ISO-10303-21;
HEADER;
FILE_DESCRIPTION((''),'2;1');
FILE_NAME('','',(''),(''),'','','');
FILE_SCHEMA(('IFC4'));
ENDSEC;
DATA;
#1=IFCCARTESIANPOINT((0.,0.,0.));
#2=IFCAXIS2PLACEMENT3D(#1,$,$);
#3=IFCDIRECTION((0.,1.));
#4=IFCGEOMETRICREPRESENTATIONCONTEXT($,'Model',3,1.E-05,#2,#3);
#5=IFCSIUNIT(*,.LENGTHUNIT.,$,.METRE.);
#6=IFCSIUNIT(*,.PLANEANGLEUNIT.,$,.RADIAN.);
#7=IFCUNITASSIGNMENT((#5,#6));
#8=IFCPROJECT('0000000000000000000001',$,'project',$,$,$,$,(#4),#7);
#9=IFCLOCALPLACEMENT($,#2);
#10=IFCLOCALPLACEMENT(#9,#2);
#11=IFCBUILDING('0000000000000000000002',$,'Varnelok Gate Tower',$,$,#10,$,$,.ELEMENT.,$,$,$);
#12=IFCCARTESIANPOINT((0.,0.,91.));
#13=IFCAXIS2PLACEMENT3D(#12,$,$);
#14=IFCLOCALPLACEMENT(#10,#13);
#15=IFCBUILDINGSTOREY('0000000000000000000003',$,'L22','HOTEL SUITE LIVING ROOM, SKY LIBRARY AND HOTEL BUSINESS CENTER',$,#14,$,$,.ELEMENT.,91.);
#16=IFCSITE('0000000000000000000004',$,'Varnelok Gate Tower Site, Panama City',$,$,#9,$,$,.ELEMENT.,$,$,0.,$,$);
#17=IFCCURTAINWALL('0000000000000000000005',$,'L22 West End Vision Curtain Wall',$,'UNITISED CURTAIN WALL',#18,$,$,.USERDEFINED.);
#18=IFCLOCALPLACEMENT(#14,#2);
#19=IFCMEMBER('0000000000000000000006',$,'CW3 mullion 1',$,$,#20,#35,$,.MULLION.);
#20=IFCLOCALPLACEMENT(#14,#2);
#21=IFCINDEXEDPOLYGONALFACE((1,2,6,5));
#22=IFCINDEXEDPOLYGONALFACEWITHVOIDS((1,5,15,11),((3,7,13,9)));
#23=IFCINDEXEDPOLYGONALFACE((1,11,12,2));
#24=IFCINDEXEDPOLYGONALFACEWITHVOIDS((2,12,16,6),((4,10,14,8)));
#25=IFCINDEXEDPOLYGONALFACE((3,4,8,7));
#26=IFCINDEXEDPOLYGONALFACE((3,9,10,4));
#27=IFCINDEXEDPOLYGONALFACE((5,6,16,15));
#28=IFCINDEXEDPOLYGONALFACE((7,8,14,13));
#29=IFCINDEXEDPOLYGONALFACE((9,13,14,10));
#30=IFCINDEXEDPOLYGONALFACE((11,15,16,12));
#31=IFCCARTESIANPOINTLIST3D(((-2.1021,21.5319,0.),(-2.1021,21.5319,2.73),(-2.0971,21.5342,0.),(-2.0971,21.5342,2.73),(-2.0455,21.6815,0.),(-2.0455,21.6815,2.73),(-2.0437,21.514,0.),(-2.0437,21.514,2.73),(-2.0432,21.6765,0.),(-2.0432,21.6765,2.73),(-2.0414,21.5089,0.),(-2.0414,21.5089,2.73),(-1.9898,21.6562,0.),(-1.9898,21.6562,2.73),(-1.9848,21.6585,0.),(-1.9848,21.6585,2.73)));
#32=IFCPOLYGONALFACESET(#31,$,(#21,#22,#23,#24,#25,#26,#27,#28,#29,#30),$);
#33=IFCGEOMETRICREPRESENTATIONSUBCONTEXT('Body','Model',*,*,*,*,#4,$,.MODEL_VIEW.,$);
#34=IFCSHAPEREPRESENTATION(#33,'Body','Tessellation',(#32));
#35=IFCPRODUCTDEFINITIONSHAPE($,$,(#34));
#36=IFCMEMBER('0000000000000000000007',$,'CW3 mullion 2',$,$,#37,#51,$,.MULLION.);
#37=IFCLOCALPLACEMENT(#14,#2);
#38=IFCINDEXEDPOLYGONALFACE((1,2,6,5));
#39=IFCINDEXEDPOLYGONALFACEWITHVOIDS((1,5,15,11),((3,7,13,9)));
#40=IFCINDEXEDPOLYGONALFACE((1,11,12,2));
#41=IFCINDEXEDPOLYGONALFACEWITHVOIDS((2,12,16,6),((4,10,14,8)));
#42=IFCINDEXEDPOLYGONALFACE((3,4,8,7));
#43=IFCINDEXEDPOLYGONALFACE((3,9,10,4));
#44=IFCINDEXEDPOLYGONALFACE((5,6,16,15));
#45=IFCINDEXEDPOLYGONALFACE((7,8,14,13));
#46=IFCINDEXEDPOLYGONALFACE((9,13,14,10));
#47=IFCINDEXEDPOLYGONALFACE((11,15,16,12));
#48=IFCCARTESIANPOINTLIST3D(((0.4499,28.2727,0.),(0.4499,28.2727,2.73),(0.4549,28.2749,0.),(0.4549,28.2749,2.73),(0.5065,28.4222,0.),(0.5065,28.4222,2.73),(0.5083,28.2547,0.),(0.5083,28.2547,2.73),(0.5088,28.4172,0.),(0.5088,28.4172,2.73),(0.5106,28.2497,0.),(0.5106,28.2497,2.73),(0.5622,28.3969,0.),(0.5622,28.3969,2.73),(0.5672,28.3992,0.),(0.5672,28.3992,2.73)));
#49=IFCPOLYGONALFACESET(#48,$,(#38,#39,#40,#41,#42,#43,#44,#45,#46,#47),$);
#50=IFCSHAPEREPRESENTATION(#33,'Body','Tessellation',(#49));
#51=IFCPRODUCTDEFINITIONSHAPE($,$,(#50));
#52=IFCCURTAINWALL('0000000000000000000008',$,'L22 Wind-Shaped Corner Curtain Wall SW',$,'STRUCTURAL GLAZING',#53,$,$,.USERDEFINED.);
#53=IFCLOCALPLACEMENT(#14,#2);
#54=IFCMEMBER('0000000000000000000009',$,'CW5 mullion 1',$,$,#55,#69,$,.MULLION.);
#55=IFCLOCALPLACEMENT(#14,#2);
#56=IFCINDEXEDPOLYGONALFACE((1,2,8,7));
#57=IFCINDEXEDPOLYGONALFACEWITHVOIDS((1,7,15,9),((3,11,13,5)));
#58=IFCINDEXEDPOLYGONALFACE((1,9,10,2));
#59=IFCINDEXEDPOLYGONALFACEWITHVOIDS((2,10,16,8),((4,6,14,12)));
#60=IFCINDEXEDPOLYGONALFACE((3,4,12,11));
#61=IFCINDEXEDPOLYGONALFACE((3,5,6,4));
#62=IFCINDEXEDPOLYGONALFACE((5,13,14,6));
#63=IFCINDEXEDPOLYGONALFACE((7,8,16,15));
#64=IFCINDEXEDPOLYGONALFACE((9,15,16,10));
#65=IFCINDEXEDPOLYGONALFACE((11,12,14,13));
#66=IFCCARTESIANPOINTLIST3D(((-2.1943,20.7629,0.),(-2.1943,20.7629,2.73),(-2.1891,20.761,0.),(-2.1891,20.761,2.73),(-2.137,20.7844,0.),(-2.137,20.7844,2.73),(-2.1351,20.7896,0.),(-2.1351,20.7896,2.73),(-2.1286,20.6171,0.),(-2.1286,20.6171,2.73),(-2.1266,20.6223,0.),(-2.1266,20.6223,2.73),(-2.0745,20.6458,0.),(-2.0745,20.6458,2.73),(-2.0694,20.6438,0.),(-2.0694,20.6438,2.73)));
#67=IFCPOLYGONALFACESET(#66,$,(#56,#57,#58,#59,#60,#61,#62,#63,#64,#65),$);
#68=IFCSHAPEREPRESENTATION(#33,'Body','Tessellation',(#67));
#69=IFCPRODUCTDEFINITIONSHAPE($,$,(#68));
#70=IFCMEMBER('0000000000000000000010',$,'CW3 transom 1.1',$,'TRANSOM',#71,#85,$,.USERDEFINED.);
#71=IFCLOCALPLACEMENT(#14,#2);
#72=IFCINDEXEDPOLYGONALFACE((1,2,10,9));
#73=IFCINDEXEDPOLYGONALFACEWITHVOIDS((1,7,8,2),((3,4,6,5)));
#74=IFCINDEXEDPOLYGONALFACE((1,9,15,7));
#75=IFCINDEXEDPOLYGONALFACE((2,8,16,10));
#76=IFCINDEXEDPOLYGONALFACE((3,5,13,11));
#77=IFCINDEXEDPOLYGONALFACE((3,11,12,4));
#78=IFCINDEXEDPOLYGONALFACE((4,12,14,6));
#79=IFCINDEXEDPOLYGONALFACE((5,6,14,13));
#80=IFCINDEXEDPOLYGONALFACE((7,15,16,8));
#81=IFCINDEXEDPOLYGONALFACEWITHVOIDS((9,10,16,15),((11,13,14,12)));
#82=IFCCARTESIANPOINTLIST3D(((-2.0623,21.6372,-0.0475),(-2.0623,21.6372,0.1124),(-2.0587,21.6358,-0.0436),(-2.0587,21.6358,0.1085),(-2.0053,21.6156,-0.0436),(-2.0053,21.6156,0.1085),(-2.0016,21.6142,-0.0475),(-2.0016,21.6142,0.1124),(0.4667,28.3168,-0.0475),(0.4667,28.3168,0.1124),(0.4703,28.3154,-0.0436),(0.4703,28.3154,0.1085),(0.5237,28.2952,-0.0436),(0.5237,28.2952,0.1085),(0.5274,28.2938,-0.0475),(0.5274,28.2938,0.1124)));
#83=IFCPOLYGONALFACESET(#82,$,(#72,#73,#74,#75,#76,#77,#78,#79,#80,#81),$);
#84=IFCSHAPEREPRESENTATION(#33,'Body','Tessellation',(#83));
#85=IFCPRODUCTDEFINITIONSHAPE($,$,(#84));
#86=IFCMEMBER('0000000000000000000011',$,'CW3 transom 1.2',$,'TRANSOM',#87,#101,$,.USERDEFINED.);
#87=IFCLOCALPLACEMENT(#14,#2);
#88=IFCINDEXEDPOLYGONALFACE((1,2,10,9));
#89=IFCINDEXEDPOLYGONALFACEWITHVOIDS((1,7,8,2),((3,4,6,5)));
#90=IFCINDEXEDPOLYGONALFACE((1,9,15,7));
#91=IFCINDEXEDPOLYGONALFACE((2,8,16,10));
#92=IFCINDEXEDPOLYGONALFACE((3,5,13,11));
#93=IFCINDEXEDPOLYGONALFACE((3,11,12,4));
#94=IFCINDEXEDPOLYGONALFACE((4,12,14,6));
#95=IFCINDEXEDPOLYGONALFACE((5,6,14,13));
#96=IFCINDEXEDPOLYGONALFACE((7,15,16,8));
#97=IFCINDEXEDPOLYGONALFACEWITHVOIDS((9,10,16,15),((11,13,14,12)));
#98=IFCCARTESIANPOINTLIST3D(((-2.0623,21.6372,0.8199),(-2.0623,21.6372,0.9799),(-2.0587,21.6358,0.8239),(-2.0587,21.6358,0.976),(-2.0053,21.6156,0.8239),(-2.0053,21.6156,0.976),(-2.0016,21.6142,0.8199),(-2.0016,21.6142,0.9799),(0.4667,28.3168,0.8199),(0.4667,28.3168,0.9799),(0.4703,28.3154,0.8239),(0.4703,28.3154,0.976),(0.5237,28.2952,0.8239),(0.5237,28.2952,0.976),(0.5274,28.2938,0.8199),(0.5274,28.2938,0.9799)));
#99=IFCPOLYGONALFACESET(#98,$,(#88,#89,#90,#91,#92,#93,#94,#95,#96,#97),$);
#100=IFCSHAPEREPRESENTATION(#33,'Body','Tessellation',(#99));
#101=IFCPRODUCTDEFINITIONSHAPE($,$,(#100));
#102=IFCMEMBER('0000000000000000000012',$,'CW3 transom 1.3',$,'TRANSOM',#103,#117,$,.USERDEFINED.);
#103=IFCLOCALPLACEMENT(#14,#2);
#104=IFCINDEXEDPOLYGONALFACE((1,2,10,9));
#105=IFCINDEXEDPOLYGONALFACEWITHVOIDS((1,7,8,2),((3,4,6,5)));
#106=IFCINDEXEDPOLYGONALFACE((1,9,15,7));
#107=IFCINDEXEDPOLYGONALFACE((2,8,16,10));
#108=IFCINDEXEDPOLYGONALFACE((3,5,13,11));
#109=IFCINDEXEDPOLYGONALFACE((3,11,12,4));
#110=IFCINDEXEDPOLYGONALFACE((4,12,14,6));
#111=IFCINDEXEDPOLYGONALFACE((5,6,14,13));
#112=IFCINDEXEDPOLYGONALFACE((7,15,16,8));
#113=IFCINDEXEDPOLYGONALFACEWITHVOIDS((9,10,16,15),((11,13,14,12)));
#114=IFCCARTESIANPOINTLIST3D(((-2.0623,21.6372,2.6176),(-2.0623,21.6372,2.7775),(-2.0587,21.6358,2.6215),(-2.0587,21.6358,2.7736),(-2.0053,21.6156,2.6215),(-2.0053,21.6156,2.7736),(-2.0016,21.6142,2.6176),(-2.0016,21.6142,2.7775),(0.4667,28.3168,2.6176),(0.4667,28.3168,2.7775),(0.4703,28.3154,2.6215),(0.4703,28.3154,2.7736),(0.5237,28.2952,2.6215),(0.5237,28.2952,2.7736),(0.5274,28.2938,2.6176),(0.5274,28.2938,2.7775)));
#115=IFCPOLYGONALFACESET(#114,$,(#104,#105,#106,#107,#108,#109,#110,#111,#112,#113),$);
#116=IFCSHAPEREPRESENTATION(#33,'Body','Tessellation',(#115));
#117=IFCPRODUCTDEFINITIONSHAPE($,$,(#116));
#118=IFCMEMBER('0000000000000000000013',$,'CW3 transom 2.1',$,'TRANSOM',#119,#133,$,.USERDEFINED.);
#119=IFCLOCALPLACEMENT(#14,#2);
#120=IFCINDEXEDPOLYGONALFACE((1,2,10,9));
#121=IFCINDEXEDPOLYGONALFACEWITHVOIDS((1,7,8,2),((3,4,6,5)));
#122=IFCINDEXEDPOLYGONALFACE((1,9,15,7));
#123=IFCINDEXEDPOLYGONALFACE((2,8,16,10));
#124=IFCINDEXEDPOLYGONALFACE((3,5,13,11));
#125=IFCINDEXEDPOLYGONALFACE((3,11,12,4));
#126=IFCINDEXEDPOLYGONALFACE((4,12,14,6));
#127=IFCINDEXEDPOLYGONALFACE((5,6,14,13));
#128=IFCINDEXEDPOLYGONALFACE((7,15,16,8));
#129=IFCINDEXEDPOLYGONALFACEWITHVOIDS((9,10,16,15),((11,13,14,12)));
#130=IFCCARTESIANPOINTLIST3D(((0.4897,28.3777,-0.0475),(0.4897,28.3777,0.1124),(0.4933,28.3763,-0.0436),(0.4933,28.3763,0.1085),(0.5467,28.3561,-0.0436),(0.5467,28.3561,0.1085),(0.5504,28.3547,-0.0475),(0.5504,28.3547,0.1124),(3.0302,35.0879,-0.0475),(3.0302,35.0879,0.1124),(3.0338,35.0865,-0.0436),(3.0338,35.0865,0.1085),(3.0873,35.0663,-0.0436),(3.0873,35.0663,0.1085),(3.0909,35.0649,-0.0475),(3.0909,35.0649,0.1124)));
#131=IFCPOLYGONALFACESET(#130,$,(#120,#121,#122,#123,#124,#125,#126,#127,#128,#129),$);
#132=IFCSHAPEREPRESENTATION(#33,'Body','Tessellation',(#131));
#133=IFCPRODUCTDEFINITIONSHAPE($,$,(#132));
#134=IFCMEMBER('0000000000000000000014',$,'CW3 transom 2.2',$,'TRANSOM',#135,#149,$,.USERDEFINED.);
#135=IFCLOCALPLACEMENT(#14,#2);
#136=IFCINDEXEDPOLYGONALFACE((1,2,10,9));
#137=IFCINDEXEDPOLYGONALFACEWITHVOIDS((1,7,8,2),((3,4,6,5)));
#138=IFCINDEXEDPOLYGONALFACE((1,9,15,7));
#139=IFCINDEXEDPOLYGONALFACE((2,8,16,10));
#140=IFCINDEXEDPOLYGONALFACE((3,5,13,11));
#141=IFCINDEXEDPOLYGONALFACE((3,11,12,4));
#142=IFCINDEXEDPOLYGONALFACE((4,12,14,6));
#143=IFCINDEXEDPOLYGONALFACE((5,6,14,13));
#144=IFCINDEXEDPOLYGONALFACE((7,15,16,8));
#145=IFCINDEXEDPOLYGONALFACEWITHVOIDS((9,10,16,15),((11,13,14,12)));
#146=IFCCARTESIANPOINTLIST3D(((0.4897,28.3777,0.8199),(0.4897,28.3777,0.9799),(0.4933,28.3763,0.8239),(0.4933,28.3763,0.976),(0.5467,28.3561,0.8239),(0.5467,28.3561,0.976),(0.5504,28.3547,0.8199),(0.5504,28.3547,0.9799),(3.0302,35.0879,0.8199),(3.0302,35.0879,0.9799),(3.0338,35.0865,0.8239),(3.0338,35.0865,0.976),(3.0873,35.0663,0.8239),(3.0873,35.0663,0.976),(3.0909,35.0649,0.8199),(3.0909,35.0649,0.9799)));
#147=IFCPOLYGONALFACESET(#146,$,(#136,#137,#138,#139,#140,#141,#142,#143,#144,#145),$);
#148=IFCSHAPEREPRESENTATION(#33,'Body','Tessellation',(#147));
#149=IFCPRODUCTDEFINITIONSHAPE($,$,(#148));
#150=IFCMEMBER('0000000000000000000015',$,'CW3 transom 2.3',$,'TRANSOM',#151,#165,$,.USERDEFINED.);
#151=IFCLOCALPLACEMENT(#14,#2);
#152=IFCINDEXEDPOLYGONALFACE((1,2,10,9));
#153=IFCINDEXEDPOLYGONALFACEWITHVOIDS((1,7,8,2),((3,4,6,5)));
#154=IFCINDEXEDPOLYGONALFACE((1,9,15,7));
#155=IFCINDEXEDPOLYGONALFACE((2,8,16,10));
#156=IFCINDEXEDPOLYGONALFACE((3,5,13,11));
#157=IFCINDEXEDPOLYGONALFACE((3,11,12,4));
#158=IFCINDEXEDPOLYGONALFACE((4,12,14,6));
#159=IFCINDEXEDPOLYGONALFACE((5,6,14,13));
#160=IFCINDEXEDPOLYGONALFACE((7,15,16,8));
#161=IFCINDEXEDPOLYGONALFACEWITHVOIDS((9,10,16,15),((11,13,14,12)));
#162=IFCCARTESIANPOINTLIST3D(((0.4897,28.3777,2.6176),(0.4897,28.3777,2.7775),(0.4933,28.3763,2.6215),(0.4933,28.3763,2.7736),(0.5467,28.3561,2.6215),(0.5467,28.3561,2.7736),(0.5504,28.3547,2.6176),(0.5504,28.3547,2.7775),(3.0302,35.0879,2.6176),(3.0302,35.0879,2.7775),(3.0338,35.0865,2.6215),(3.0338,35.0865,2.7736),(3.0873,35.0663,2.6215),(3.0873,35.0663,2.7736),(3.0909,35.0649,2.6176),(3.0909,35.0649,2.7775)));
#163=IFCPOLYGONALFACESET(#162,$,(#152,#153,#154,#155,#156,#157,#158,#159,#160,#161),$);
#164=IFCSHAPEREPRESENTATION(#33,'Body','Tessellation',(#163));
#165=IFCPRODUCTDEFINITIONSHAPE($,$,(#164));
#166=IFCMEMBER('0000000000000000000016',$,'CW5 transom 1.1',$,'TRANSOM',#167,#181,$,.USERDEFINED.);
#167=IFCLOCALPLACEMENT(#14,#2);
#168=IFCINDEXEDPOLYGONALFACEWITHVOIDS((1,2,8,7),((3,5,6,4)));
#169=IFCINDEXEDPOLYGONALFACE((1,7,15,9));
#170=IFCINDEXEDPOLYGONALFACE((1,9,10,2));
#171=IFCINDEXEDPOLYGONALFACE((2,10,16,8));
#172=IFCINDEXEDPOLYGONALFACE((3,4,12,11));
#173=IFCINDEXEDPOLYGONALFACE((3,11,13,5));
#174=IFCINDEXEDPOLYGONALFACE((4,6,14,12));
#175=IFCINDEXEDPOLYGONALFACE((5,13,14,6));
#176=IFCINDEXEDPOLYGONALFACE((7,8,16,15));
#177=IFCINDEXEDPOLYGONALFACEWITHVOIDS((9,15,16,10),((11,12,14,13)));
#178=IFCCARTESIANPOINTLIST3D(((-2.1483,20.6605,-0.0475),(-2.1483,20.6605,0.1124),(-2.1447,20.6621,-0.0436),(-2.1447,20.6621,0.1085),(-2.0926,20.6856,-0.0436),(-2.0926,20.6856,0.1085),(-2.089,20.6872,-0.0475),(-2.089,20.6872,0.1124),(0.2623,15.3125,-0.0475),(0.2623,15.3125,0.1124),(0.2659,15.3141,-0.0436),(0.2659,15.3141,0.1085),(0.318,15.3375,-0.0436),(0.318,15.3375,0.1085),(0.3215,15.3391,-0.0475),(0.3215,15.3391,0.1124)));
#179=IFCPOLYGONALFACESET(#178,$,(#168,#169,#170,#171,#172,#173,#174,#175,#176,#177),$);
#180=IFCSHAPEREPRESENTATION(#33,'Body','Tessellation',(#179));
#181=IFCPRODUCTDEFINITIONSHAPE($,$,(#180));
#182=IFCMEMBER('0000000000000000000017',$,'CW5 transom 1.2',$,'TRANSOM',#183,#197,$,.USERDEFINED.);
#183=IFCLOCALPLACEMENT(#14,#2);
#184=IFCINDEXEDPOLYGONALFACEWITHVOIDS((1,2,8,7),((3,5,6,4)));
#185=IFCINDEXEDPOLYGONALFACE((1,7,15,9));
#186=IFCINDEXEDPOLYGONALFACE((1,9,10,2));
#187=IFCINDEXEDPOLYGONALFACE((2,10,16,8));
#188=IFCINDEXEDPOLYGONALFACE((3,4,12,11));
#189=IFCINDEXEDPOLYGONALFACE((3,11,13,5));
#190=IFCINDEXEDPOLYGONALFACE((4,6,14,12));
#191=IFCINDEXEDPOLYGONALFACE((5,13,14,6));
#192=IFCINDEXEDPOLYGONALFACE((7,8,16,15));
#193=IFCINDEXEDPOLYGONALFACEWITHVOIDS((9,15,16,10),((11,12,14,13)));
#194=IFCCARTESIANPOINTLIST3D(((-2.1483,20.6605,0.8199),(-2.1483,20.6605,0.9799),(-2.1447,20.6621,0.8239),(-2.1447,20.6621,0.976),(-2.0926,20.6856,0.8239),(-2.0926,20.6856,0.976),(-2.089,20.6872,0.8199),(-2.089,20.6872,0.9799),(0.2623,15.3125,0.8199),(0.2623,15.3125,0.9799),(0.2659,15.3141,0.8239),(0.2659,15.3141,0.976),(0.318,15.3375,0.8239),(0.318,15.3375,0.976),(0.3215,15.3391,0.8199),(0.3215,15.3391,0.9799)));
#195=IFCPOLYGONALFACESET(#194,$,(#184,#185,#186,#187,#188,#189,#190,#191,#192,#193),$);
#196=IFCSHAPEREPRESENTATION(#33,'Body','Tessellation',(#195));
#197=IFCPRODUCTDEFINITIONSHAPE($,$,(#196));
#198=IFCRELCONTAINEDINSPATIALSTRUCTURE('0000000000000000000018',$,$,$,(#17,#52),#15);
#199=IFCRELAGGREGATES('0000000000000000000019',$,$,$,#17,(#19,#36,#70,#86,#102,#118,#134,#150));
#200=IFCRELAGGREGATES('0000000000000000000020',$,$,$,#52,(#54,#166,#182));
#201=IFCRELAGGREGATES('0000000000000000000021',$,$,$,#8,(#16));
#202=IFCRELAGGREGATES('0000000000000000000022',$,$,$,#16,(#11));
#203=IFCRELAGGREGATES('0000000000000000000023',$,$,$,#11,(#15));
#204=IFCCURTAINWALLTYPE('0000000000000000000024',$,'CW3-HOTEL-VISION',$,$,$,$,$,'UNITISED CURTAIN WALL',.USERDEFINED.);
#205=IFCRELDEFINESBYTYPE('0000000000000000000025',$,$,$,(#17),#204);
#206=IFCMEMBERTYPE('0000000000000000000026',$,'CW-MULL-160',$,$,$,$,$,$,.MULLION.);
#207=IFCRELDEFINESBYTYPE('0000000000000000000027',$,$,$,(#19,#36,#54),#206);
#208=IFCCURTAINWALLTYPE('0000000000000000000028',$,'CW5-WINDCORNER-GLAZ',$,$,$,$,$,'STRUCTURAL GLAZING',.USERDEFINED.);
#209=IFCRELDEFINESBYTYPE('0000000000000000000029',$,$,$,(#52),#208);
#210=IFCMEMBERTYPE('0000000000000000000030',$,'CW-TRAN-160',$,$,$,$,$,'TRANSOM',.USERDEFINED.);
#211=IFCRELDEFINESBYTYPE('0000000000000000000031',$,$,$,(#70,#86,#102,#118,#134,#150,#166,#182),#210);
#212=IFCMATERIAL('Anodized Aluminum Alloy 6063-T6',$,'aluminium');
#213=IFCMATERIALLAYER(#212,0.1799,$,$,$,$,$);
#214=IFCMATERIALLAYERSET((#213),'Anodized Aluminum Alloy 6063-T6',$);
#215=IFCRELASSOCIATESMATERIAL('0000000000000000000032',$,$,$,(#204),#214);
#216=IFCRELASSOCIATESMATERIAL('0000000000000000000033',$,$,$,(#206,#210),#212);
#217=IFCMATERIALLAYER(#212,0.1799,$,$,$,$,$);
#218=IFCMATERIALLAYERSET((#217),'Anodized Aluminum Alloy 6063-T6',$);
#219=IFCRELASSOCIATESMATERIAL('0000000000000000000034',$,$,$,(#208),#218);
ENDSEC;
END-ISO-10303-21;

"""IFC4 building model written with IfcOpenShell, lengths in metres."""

from ifc_helpers import new_model, si_unit, direction, frame, origin, origin_2d, place, context, subcontext, project, spatial, hollow_rectangle, extrude, material, layer, layer_set, material_profile, profile_set, type_object, element, aggregate, save


model = new_model("IFC4")

# Units and contexts
model_context = context("Model", 3, precision=1e-05, world=origin(), true_north=direction((0.0, 1.0)))
body_context = subcontext(model_context, "Body", "Model", "MODEL_VIEW")
ifc_project = project(units=[si_unit("LENGTHUNIT", "METRE"), si_unit("PLANEANGLEUNIT", "RADIAN")], contexts=[model_context])

# Site, building, storey
site_placement = place(None, origin())
site = spatial("IfcSite", under=ifc_project, at=site_placement, Name="Varnelok Gate Tower Site, Panama City", CompositionType="ELEMENT", RefElevation=0.0)
building_placement = place(site_placement, origin())
building = spatial("IfcBuilding", under=site, at=building_placement, Name="Varnelok Gate Tower", CompositionType="ELEMENT")
storey_placement = place(building_placement, frame((0.0, 0.0, 91.0)))
storey = spatial("IfcBuildingStorey", under=building, at=storey_placement, Name="L22", Description="HOTEL SUITE LIVING ROOM, SKY LIBRARY AND HOTEL BUSINESS CENTER", CompositionType="ELEMENT", Elevation=91.0)

# Curtain wall, members
ifc_material_1 = material(Name="Anodized Aluminum Alloy 6063-T6", Category="aluminium")
ifc_layer_1 = layer(ifc_material_1, 0.1799)
ifc_layer_set_1 = layer_set([ifc_layer_1], Name="Anodized Aluminum Alloy 6063-T6")
curtain_wall_type_1 = type_object("IfcCurtainWallType", Name="CW3-HOTEL-VISION", ElementType="UNITISED CURTAIN WALL", PredefinedType="USERDEFINED", material=ifc_layer_set_1)
curtain_wall_1_placement = place(storey_placement, origin())
curtain_wall_1 = element("IfcCurtainWall", 1, at=curtain_wall_1_placement, inside=storey, type_object=curtain_wall_type_1, Name="L22 West End Vision Curtain Wall", ObjectType="UNITISED CURTAIN WALL", PredefinedType="USERDEFINED")
ifc_material_profile_1 = material_profile(ifc_material_1, hollow_rectangle(XDim=0.0649, YDim=0.1599, WallThickness=0.0039, at=origin_2d()), Name="ALU160X65X4")
ifc_profile_set_1 = profile_set([ifc_material_profile_1], Name="Anodized Aluminum Alloy 6063-T6")
member_type_1 = type_object("IfcMemberType", Name="CW-MULL-160", PredefinedType="MULLION", material=ifc_profile_set_1)
member_1_placement = place(storey_placement, frame((-2.0435, 21.5952, 0.0), z_axis=(0.0, 0.0, 1.0), x_axis=(-0.935221, 0.354064, 0.0)))
member_1 = element("IfcMember", 2, at=member_1_placement, type_object=member_type_1, Name="CW3 mullion 1", PredefinedType="MULLION", context=body_context, shape_type="SweptSolid", body=[
    extrude(hollow_rectangle(XDim=0.0649, YDim=0.1599, WallThickness=0.0039, at=origin_2d()), origin(), (0.0, 0.0, 1.0), 2.73),
])
member_2_placement = place(storey_placement, frame((0.5085, 28.3359, 0.0), z_axis=(0.0, 0.0, 1.0), x_axis=(-0.935221, 0.354064, 0.0)))
member_2 = element("IfcMember", 3, at=member_2_placement, type_object=member_type_1, Name="CW3 mullion 2", PredefinedType="MULLION", context=body_context, shape_type="SweptSolid", body=[
    extrude(hollow_rectangle(XDim=0.0649, YDim=0.1599, WallThickness=0.0039, at=origin_2d()), origin(), (0.0, 0.0, 1.0), 2.73),
])

# Curtain wall, member
ifc_layer_2 = layer(ifc_material_1, 0.1799)
ifc_layer_set_2 = layer_set([ifc_layer_2], Name="Anodized Aluminum Alloy 6063-T6")
curtain_wall_type_2 = type_object("IfcCurtainWallType", Name="CW5-WINDCORNER-GLAZ", ElementType="STRUCTURAL GLAZING", PredefinedType="USERDEFINED", material=ifc_layer_set_2)
curtain_wall_2_placement = place(storey_placement, origin())
curtain_wall_2 = element("IfcCurtainWall", 4, at=curtain_wall_2_placement, inside=storey, type_object=curtain_wall_type_2, Name="L22 Wind-Shaped Corner Curtain Wall SW", ObjectType="STRUCTURAL GLAZING", PredefinedType="USERDEFINED")
member_3_placement = place(storey_placement, frame((-2.1318, 20.7034, 0.0), z_axis=(0.0, 0.0, 1.0), x_axis=(0.911664, 0.410937, 0.0)))
member_3 = element("IfcMember", 5, at=member_3_placement, type_object=member_type_1, Name="CW5 mullion 1", PredefinedType="MULLION", context=body_context, shape_type="SweptSolid", body=[
    extrude(hollow_rectangle(XDim=0.0649, YDim=0.1599, WallThickness=0.0039, at=origin_2d()), origin(), (0.0, 0.0, 1.0), 2.73),
])

# Members
ifc_material_profile_2 = material_profile(ifc_material_1, hollow_rectangle(XDim=0.0649, YDim=0.1599, WallThickness=0.0039, at=origin_2d()), Name="ALU160X65X4")
ifc_profile_set_2 = profile_set([ifc_material_profile_2], Name="Anodized Aluminum Alloy 6063-T6")
member_type_2 = type_object("IfcMemberType", Name="CW-TRAN-160", ElementType="TRANSOM", PredefinedType="USERDEFINED", material=ifc_profile_set_2)
member_4_placement = place(storey_placement, frame((-2.032, 21.6257, 0.0325), z_axis=(0.354088, 0.935212, 0.0), x_axis=(-0.935212, 0.354088, 0.0)))
member_4 = element("IfcMember", 6, at=member_4_placement, type_object=member_type_2, Name="CW3 transom 1.1", ObjectType="TRANSOM", PredefinedType="USERDEFINED", context=body_context, shape_type="SweptSolid", body=[
    extrude(hollow_rectangle(XDim=0.0649, YDim=0.1599, WallThickness=0.0039, at=origin_2d()), origin(), (0.0, 0.0, 1.0), 7.1423),
])
member_5_placement = place(storey_placement, frame((-2.032, 21.6257, 0.8999), z_axis=(0.354088, 0.935212, 0.0), x_axis=(-0.935212, 0.354088, 0.0)))
member_5 = element("IfcMember", 7, at=member_5_placement, type_object=member_type_2, Name="CW3 transom 1.2", ObjectType="TRANSOM", PredefinedType="USERDEFINED", context=body_context, shape_type="SweptSolid", body=[
    extrude(hollow_rectangle(XDim=0.0649, YDim=0.1599, WallThickness=0.0039, at=origin_2d()), origin(), (0.0, 0.0, 1.0), 7.1423),
])
member_6_placement = place(storey_placement, frame((-2.032, 21.6257, 2.6975), z_axis=(0.354088, 0.935212, 0.0), x_axis=(-0.935212, 0.354088, 0.0)))
member_6 = element("IfcMember", 8, at=member_6_placement, type_object=member_type_2, Name="CW3 transom 1.3", ObjectType="TRANSOM", PredefinedType="USERDEFINED", context=body_context, shape_type="SweptSolid", body=[
    extrude(hollow_rectangle(XDim=0.0649, YDim=0.1599, WallThickness=0.0039, at=origin_2d()), origin(), (0.0, 0.0, 1.0), 7.1423),
])
member_7_placement = place(storey_placement, frame((0.52, 28.3662, 0.0325), z_axis=(0.354079, 0.935216, 0.0), x_axis=(-0.935216, 0.354079, 0.0)))
member_7 = element("IfcMember", 9, at=member_7_placement, type_object=member_type_2, Name="CW3 transom 2.1", ObjectType="TRANSOM", PredefinedType="USERDEFINED", context=body_context, shape_type="SweptSolid", body=[
    extrude(hollow_rectangle(XDim=0.0649, YDim=0.1599, WallThickness=0.0039, at=origin_2d()), origin(), (0.0, 0.0, 1.0), 7.175),
])
member_8_placement = place(storey_placement, frame((0.52, 28.3662, 0.8999), z_axis=(0.354079, 0.935216, 0.0), x_axis=(-0.935216, 0.354079, 0.0)))
member_8 = element("IfcMember", 10, at=member_8_placement, type_object=member_type_2, Name="CW3 transom 2.2", ObjectType="TRANSOM", PredefinedType="USERDEFINED", context=body_context, shape_type="SweptSolid", body=[
    extrude(hollow_rectangle(XDim=0.0649, YDim=0.1599, WallThickness=0.0039, at=origin_2d()), origin(), (0.0, 0.0, 1.0), 7.175),
])
member_9_placement = place(storey_placement, frame((0.52, 28.3662, 2.6975), z_axis=(0.354079, 0.935216, 0.0), x_axis=(-0.935216, 0.354079, 0.0)))
member_9 = element("IfcMember", 11, at=member_9_placement, type_object=member_type_2, Name="CW3 transom 2.3", ObjectType="TRANSOM", PredefinedType="USERDEFINED", context=body_context, shape_type="SweptSolid", body=[
    extrude(hollow_rectangle(XDim=0.0649, YDim=0.1599, WallThickness=0.0039, at=origin_2d()), origin(), (0.0, 0.0, 1.0), 7.175),
])
member_10_placement = place(storey_placement, frame((-2.1187, 20.6738, 0.0325), z_axis=(0.410929, -0.911667, 0.0), x_axis=(0.911667, 0.410929, 0.0)))
member_10 = element("IfcMember", 12, at=member_10_placement, type_object=member_type_2, Name="CW5 transom 1.1", ObjectType="TRANSOM", PredefinedType="USERDEFINED", context=body_context, shape_type="SweptSolid", body=[
    extrude(hollow_rectangle(XDim=0.0649, YDim=0.1599, WallThickness=0.0039, at=origin_2d()), origin(), (0.0, 0.0, 1.0), 5.8662),
])
member_11_placement = place(storey_placement, frame((-2.1187, 20.6738, 0.8999), z_axis=(0.410929, -0.911667, 0.0), x_axis=(0.911667, 0.410929, 0.0)))
member_11 = element("IfcMember", 13, at=member_11_placement, type_object=member_type_2, Name="CW5 transom 1.2", ObjectType="TRANSOM", PredefinedType="USERDEFINED", context=body_context, shape_type="SweptSolid", body=[
    extrude(hollow_rectangle(XDim=0.0649, YDim=0.1599, WallThickness=0.0039, at=origin_2d()), origin(), (0.0, 0.0, 1.0), 5.8662),
])

aggregate(curtain_wall_1, [member_1, member_2, member_4, member_5, member_6, member_7, member_8, member_9])
aggregate(curtain_wall_2, [member_3, member_10, member_11])

save(model, "model.ifc")
